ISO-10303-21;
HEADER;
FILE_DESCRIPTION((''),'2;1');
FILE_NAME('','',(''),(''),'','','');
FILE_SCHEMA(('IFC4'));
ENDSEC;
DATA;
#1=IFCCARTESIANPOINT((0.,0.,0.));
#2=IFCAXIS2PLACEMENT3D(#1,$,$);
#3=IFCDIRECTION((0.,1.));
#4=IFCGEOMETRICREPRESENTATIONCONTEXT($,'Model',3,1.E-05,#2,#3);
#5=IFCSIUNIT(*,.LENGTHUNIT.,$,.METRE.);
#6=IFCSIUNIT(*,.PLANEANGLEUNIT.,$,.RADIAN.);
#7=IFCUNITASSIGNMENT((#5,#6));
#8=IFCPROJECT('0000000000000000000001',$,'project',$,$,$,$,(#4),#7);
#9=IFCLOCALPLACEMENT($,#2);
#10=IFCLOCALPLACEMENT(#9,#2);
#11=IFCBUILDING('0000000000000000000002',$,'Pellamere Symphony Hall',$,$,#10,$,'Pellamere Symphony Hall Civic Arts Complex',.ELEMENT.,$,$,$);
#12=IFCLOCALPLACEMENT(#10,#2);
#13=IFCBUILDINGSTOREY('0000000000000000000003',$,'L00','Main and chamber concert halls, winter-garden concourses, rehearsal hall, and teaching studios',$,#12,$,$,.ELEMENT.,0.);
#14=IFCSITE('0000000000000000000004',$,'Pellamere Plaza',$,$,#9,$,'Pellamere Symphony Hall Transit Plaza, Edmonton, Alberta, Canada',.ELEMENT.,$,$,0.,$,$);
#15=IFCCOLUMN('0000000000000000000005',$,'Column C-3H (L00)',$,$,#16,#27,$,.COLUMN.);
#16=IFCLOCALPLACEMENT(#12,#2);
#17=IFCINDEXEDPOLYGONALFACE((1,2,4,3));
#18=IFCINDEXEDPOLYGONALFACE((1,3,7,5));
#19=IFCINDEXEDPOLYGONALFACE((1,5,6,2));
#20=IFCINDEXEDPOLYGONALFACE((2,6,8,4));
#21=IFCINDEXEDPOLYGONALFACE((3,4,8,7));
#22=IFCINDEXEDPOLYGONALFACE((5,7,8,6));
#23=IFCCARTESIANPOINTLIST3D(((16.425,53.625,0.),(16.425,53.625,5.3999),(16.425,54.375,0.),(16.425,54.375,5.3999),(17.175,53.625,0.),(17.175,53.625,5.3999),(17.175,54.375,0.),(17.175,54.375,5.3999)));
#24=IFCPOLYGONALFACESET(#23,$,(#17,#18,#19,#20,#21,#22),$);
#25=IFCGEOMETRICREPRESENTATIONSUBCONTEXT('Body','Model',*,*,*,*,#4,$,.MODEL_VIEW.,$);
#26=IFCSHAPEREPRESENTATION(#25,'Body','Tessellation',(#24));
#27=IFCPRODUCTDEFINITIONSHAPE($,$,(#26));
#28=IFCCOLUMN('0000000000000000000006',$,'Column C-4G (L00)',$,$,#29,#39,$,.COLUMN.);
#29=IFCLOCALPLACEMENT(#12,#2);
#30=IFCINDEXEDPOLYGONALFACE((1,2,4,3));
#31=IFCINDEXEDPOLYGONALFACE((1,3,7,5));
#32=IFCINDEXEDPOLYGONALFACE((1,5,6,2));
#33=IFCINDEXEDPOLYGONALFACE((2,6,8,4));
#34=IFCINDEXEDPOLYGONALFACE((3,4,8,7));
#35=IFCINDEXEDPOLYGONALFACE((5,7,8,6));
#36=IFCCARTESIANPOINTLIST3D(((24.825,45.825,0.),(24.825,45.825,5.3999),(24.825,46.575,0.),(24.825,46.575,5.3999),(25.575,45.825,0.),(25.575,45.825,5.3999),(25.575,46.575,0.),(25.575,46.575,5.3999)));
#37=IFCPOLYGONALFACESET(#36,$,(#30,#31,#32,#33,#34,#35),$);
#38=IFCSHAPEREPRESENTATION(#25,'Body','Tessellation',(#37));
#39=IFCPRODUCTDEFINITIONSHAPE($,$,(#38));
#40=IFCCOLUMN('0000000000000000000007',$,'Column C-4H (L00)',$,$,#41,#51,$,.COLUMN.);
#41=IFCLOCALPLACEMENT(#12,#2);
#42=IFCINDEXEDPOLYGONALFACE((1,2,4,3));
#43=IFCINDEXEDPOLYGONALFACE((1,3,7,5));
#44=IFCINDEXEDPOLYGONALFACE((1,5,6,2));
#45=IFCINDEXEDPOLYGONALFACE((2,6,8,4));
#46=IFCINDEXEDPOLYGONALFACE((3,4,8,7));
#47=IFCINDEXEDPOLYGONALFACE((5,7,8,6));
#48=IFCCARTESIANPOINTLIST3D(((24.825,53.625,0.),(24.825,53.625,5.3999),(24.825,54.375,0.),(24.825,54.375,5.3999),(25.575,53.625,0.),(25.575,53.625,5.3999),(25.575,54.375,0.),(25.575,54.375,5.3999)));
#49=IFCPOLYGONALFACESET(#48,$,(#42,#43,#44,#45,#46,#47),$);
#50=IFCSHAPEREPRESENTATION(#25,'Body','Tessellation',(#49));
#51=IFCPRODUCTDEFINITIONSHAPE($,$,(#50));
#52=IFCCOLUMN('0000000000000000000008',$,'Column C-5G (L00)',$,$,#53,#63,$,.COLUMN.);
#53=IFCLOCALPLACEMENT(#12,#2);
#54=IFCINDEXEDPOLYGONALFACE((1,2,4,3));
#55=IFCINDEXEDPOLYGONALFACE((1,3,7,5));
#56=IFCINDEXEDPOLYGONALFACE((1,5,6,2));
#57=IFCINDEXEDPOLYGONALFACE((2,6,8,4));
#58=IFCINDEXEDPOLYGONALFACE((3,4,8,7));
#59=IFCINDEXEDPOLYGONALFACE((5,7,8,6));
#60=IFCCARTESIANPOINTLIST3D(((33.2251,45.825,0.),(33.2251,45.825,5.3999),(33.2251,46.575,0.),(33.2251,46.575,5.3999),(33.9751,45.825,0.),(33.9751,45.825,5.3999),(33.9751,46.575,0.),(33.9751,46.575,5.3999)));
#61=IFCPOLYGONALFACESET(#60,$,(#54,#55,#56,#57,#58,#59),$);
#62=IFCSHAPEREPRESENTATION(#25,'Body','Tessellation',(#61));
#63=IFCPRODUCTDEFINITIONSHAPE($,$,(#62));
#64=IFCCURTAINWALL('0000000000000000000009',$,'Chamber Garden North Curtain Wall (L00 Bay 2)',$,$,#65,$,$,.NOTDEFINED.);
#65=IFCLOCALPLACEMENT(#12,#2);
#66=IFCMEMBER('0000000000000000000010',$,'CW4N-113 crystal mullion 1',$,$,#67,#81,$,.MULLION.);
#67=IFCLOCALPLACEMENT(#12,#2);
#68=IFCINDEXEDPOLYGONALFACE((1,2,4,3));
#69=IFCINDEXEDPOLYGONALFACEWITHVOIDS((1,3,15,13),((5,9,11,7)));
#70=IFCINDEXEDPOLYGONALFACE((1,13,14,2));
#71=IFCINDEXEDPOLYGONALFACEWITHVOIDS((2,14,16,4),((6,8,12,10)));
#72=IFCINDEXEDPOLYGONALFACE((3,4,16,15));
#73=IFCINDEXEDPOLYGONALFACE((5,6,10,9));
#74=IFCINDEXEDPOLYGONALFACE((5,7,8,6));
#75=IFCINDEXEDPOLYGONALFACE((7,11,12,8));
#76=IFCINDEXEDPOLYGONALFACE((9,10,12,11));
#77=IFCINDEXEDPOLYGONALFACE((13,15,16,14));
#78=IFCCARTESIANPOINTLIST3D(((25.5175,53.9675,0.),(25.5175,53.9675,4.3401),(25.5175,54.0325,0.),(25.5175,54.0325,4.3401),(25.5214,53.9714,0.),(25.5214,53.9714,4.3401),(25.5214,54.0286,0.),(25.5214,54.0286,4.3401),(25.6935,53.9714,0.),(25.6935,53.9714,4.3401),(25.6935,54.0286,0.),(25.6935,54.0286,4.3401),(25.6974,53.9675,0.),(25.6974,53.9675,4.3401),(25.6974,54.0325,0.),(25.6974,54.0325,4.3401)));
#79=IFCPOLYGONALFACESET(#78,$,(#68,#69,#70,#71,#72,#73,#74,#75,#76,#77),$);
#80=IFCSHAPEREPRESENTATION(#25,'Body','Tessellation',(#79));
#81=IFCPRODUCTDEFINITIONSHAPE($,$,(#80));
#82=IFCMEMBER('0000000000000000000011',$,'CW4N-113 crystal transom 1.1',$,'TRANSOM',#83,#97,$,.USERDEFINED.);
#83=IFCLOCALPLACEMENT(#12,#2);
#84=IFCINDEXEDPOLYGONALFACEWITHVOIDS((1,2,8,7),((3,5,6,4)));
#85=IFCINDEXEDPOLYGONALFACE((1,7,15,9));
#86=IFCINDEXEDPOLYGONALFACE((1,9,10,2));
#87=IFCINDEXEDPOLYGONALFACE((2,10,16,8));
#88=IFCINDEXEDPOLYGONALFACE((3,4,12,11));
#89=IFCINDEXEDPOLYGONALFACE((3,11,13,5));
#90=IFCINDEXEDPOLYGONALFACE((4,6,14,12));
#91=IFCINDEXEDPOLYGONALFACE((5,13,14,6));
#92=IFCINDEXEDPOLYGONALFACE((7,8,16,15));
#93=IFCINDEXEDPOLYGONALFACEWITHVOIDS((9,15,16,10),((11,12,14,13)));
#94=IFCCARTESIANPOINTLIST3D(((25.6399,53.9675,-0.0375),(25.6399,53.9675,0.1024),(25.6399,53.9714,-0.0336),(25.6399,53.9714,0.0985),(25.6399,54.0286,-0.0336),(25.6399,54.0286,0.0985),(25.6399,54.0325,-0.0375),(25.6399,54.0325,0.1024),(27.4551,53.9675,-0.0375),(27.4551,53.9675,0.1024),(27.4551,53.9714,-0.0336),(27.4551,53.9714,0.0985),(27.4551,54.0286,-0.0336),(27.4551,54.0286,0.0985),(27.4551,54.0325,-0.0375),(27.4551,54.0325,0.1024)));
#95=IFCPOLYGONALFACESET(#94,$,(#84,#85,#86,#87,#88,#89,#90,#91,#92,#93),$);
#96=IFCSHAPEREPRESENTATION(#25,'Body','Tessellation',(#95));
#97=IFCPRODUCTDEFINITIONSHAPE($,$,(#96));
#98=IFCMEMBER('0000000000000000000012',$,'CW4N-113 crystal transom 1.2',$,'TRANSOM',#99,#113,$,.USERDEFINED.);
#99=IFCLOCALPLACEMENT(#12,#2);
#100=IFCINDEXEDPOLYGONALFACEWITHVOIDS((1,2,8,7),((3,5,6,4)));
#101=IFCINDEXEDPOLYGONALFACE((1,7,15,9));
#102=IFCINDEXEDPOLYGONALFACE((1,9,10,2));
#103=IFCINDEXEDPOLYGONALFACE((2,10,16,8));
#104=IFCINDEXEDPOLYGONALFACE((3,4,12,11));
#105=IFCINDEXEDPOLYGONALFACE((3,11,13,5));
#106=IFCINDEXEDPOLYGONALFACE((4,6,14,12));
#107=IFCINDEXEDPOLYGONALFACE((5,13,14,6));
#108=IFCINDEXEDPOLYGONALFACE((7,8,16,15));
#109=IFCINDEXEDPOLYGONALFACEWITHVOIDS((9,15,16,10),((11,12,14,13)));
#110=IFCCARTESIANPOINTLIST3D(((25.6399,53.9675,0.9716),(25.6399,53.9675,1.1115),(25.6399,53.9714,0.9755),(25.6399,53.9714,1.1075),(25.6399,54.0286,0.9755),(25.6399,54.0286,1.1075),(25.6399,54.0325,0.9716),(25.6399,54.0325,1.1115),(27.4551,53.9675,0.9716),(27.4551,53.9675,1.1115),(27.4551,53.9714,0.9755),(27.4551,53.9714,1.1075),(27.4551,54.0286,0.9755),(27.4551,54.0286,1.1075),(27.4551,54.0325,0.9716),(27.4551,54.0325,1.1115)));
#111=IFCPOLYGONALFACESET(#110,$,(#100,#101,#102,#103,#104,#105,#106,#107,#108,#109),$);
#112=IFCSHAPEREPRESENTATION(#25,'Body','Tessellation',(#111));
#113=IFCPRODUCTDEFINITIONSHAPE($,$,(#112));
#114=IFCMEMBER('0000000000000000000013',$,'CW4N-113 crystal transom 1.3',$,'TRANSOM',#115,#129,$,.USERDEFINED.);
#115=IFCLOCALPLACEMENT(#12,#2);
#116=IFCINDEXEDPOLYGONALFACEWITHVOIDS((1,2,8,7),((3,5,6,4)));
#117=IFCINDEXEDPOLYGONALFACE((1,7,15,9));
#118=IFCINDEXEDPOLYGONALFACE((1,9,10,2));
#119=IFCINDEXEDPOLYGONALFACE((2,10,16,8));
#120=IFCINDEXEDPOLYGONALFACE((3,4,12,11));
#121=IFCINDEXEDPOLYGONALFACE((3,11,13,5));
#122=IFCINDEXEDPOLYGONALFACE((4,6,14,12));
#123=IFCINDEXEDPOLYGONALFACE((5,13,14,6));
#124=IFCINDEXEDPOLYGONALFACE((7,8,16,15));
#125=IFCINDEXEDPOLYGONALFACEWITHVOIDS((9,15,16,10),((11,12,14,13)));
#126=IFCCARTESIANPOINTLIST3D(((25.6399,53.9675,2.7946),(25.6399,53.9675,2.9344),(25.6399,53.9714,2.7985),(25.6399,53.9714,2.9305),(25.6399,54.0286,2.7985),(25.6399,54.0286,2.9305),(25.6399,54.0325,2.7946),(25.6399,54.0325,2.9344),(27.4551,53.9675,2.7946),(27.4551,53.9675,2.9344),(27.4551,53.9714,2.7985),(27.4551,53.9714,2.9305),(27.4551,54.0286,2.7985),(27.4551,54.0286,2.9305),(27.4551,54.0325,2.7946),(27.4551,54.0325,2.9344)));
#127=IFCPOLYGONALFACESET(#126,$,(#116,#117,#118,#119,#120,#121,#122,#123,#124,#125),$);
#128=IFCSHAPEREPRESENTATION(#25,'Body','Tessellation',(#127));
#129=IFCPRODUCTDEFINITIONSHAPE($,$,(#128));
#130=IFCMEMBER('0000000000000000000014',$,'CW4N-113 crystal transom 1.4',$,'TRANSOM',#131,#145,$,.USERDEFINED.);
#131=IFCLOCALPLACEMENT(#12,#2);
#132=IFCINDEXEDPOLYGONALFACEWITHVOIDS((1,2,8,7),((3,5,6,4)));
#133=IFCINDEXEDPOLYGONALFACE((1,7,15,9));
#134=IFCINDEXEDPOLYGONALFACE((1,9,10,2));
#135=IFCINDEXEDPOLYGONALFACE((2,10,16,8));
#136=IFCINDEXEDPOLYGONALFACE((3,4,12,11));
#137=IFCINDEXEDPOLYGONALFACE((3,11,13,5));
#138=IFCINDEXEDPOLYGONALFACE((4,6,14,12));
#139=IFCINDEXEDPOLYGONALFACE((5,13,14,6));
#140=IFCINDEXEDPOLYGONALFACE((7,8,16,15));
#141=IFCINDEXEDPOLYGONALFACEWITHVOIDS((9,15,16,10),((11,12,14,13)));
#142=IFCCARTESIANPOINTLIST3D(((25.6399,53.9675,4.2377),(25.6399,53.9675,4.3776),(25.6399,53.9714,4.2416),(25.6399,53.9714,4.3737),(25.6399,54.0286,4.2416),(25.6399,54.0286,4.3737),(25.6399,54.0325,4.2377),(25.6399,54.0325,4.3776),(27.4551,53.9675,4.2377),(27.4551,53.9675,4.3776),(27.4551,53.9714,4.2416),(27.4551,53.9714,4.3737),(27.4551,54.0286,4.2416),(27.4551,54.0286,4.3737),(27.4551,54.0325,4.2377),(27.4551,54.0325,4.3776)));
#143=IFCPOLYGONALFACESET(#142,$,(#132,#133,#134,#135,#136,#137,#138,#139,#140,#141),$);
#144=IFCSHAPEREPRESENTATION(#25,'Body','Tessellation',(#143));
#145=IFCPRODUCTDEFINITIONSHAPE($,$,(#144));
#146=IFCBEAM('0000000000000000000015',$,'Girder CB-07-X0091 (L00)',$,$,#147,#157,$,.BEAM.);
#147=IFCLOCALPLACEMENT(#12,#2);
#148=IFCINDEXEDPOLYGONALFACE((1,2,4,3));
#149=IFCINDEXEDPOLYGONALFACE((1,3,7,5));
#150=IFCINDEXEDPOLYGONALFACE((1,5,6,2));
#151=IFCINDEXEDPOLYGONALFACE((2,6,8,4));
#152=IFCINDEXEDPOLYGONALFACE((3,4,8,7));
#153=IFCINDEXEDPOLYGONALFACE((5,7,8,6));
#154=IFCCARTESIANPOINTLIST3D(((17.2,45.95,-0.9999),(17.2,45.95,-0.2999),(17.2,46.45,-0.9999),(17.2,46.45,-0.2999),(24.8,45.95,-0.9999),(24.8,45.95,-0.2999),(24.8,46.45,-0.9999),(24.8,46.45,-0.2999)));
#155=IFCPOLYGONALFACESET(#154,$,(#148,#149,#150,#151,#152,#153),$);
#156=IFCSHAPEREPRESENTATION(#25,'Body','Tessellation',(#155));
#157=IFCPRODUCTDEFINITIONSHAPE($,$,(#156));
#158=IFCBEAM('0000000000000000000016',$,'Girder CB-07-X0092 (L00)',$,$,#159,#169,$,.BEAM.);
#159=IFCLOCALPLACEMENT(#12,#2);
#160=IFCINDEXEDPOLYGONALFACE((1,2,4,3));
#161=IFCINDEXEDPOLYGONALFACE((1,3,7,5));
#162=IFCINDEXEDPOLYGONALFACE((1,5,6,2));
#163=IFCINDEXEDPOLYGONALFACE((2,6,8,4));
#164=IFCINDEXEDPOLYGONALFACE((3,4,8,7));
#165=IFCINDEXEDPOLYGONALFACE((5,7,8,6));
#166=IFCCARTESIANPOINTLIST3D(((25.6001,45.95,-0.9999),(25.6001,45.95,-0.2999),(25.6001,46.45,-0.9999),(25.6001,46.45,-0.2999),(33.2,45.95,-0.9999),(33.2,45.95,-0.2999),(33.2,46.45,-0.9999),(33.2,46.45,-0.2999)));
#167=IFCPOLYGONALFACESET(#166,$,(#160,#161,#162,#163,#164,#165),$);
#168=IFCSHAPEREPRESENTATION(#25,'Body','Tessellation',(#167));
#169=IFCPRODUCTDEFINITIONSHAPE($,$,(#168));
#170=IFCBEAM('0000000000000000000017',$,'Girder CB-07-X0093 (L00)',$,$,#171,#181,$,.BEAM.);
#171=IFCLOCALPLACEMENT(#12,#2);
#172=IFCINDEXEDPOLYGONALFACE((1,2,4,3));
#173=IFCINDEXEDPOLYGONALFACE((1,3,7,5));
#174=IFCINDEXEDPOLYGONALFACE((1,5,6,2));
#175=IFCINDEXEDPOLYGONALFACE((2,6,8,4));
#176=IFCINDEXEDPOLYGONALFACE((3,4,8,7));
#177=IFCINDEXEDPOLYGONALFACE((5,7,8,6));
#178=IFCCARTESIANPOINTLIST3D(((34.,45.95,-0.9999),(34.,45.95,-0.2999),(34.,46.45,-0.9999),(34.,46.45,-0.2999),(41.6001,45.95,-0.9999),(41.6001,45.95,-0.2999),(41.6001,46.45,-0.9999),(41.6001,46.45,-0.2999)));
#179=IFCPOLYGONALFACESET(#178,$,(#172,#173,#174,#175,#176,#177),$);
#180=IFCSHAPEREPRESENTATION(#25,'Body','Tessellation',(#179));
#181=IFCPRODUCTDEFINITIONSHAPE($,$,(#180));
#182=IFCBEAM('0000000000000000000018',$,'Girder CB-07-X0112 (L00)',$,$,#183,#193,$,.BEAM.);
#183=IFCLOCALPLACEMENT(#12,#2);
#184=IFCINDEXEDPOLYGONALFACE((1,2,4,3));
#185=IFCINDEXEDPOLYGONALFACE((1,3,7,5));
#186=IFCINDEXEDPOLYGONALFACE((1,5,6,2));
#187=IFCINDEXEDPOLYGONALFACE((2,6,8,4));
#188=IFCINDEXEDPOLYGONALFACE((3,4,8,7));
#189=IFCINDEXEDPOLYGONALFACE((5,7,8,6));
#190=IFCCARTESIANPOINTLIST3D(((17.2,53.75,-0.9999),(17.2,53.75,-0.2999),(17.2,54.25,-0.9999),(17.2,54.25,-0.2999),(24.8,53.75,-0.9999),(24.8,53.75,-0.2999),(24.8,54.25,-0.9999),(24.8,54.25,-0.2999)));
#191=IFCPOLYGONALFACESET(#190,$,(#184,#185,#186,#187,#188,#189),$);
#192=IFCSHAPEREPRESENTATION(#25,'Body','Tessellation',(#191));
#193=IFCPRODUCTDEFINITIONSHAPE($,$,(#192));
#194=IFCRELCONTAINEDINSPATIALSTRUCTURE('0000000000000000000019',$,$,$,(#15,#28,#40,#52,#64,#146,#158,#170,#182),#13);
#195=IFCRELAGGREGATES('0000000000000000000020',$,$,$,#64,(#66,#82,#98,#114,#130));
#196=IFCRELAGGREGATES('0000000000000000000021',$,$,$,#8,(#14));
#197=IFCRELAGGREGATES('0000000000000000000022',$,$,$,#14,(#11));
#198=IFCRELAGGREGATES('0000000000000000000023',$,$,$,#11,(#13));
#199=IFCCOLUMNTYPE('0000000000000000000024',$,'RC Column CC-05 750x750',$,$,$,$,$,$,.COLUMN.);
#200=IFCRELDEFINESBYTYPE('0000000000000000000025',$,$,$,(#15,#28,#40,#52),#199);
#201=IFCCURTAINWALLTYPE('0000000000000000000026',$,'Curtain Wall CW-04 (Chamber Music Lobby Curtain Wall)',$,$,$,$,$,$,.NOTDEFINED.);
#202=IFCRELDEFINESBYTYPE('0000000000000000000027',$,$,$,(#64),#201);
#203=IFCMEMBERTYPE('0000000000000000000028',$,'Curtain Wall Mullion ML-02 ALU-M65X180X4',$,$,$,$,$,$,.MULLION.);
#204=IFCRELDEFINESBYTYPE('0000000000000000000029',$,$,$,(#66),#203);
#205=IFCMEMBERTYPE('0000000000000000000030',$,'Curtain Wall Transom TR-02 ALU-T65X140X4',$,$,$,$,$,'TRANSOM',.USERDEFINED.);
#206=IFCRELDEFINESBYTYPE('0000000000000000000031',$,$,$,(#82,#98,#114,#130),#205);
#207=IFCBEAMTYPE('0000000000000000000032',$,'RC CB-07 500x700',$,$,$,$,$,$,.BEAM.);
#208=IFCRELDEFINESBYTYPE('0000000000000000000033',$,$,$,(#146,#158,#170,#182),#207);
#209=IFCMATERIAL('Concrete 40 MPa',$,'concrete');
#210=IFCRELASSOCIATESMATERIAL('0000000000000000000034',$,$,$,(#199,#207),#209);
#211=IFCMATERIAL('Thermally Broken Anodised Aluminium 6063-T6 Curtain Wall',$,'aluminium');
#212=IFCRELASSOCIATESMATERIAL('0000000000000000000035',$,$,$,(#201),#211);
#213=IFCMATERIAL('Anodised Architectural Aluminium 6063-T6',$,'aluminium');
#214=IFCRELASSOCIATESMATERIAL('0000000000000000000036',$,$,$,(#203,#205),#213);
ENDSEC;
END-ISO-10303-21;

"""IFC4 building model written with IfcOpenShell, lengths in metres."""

from ifc_helpers import new_model, si_unit, direction, frame, origin, origin_2d, place, context, subcontext, project, spatial, rectangle, hollow_rectangle, extrude, material, material_profile, profile_set, type_object, element, aggregate, save


model = new_model("IFC4")

# Units and contexts
model_context = context("Model", 3, precision=1e-05, world=origin(), true_north=direction((0.0, 1.0)))
body_context = subcontext(model_context, "Body", "Model", "MODEL_VIEW")
ifc_project = project(units=[si_unit("LENGTHUNIT", "METRE"), si_unit("PLANEANGLEUNIT", "RADIAN")], contexts=[model_context])

# Site, building, storey
site_placement = place(None, origin())
site = spatial("IfcSite", under=ifc_project, at=site_placement, Name="Pellamere Plaza", LongName="Pellamere Symphony Hall Transit Plaza, Edmonton, Alberta, Canada", CompositionType="ELEMENT", RefElevation=0.0)
building_placement = place(site_placement, origin())
building = spatial("IfcBuilding", under=site, at=building_placement, Name="Pellamere Symphony Hall", LongName="Pellamere Symphony Hall Civic Arts Complex", CompositionType="ELEMENT")
storey_placement = place(building_placement, origin())
storey = spatial("IfcBuildingStorey", under=building, at=storey_placement, Name="L00", Description="Main and chamber concert halls, winter-garden concourses, rehearsal hall, and teaching studios", CompositionType="ELEMENT", Elevation=0.0)

# Columns
ifc_material_1 = material(Name="Concrete 40 MPa", Category="concrete")
ifc_material_profile_1 = material_profile(ifc_material_1, rectangle(XDim=0.75, YDim=0.75, at=origin_2d()), Name="RC 750x750")
ifc_profile_set_1 = profile_set([ifc_material_profile_1], Name="Concrete 40 MPa")
column_type = type_object("IfcColumnType", Name="RC Column CC-05 750x750", PredefinedType="COLUMN", material=ifc_profile_set_1)
for number, where, z_axis, x_axis, name in (
    (1, (16.8, 54.0, 0.0), (0.0, 0.0, 1.0), (1.0, 0.0, 0.0), "Column C-3H (L00)"),
    (2, (25.2, 46.2, 0.0), (0.0, 0.0, 1.0), (1.0, 0.0, 0.0), "Column C-4G (L00)"),
    (3, (25.2, 54.0, 0.0), (0.0, 0.0, 1.0), (1.0, 0.0, 0.0), "Column C-4H (L00)"),
    (4, (33.6001, 46.2, 0.0), (0.0, 0.0, 1.0), (1.0, 0.0, 0.0), "Column C-5G (L00)"),
):
    element("IfcColumn", number, at=place(storey_placement, frame(where, z_axis=z_axis, x_axis=x_axis)), inside=storey, type_object=column_type, Name=name, PredefinedType="COLUMN", context=body_context, shape_type="SweptSolid", body=[
        extrude(rectangle(XDim=0.75, YDim=0.75, at=origin_2d()), origin(), (0.0, 0.0, 1.0), 5.3999),
    ])

# Curtain wall, members
ifc_material_2 = material(Name="Thermally Broken Anodised Aluminium 6063-T6 Curtain Wall", Category="aluminium")
curtain_wall_type = type_object("IfcCurtainWallType", Name="Curtain Wall CW-04 (Chamber Music Lobby Curtain Wall)", PredefinedType="NOTDEFINED", material=ifc_material_2)
curtain_wall_placement = place(storey_placement, origin())
curtain_wall = element("IfcCurtainWall", 5, at=curtain_wall_placement, inside=storey, type_object=curtain_wall_type, Name="Chamber Garden North Curtain Wall (L00 Bay 2)", PredefinedType="NOTDEFINED")
ifc_material_3 = material(Name="Anodised Architectural Aluminium 6063-T6", Category="aluminium")
ifc_material_profile_2 = material_profile(ifc_material_3, hollow_rectangle(XDim=0.0649, YDim=0.1799, WallThickness=0.0039, at=origin_2d()), Name="ALU-M65X180X4")
ifc_profile_set_2 = profile_set([ifc_material_profile_2], Name="Anodised Architectural Aluminium 6063-T6")
member_type_1 = type_object("IfcMemberType", Name="Curtain Wall Mullion ML-02 ALU-M65X180X4", PredefinedType="MULLION", material=ifc_profile_set_2)
member_1_placement = place(storey_placement, frame((25.6074, 54.0, 0.0), z_axis=(0.0, 0.0, 1.0), x_axis=(0.0, 1.0, 0.0)))
member_1 = element("IfcMember", 6, at=member_1_placement, type_object=member_type_1, Name="CW4N-113 crystal mullion 1", PredefinedType="MULLION", context=body_context, shape_type="SweptSolid", body=[
    extrude(hollow_rectangle(XDim=0.0649, YDim=0.1799, WallThickness=0.0039, at=origin_2d()), origin(), (0.0, 0.0, 1.0), 4.3401),
])
ifc_material_profile_3 = material_profile(ifc_material_3, hollow_rectangle(XDim=0.0649, YDim=0.1399, WallThickness=0.0039, at=origin_2d()), Name="ALU-T65X140X4")
ifc_profile_set_3 = profile_set([ifc_material_profile_3], Name="Anodised Architectural Aluminium 6063-T6")
member_type_2 = type_object("IfcMemberType", Name="Curtain Wall Transom TR-02 ALU-T65X140X4", ElementType="TRANSOM", PredefinedType="USERDEFINED", material=ifc_profile_set_3)
member_2_placement = place(storey_placement, frame((25.6399, 54.0, 0.0325), z_axis=(1.0, 0.0, 0.0), x_axis=(0.0, 1.0, 0.0)))
member_2 = element("IfcMember", 7, at=member_2_placement, type_object=member_type_2, Name="CW4N-113 crystal transom 1.1", ObjectType="TRANSOM", PredefinedType="USERDEFINED", context=body_context, shape_type="SweptSolid", body=[
    extrude(hollow_rectangle(XDim=0.0649, YDim=0.1399, WallThickness=0.0039, at=origin_2d()), origin(), (0.0, 0.0, 1.0), 1.8152),
])
member_3_placement = place(storey_placement, frame((25.6399, 54.0, 1.0415), z_axis=(1.0, 0.0, 0.0), x_axis=(0.0, 1.0, 0.0)))
member_3 = element("IfcMember", 8, at=member_3_placement, type_object=member_type_2, Name="CW4N-113 crystal transom 1.2", ObjectType="TRANSOM", PredefinedType="USERDEFINED", context=body_context, shape_type="SweptSolid", body=[
    extrude(hollow_rectangle(XDim=0.0649, YDim=0.1399, WallThickness=0.0039, at=origin_2d()), origin(), (0.0, 0.0, 1.0), 1.8152),
])
member_4_placement = place(storey_placement, frame((25.6399, 54.0, 2.8645), z_axis=(1.0, 0.0, 0.0), x_axis=(0.0, 1.0, 0.0)))
member_4 = element("IfcMember", 9, at=member_4_placement, type_object=member_type_2, Name="CW4N-113 crystal transom 1.3", ObjectType="TRANSOM", PredefinedType="USERDEFINED", context=body_context, shape_type="SweptSolid", body=[
    extrude(hollow_rectangle(XDim=0.0649, YDim=0.1399, WallThickness=0.0039, at=origin_2d()), origin(), (0.0, 0.0, 1.0), 1.8152),
])
member_5_placement = place(storey_placement, frame((25.6399, 54.0, 4.3076), z_axis=(1.0, 0.0, 0.0), x_axis=(0.0, 1.0, 0.0)))
member_5 = element("IfcMember", 10, at=member_5_placement, type_object=member_type_2, Name="CW4N-113 crystal transom 1.4", ObjectType="TRANSOM", PredefinedType="USERDEFINED", context=body_context, shape_type="SweptSolid", body=[
    extrude(hollow_rectangle(XDim=0.0649, YDim=0.1399, WallThickness=0.0039, at=origin_2d()), origin(), (0.0, 0.0, 1.0), 1.8152),
])
aggregate(curtain_wall, [member_1, member_2, member_3, member_4, member_5])

# Beams
ifc_material_profile_4 = material_profile(ifc_material_1, rectangle(XDim=0.5, YDim=0.7, at=origin_2d()), Name="RC 500x700")
ifc_profile_set_4 = profile_set([ifc_material_profile_4], Name="Concrete 40 MPa")
beam_type_1 = type_object("IfcBeamType", Name="RC CB-07 500x700", PredefinedType="BEAM", material=ifc_profile_set_4)
beam_1_placement = place(storey_placement, frame((17.2, 46.2, -0.6499), z_axis=(1.0, 0.0, 0.0), x_axis=(0.0, 1.0, 0.0)))
element("IfcBeam", 11, at=beam_1_placement, inside=storey, type_object=beam_type_1, Name="Girder CB-07-X0091 (L00)", PredefinedType="BEAM", context=body_context, shape_type="SweptSolid", body=[
    extrude(rectangle(XDim=0.5, YDim=0.7, at=origin_2d()), origin(), (0.0, 0.0, 1.0), 7.6001),
])
beam_2_placement = place(storey_placement, frame((25.6001, 46.2, -0.6499), z_axis=(1.0, 0.0, 0.0), x_axis=(0.0, 1.0, 0.0)))
element("IfcBeam", 12, at=beam_2_placement, inside=storey, type_object=beam_type_1, Name="Girder CB-07-X0092 (L00)", PredefinedType="BEAM", context=body_context, shape_type="SweptSolid", body=[
    extrude(rectangle(XDim=0.5, YDim=0.7, at=origin_2d()), origin(), (0.0, 0.0, 1.0), 7.5999),
])
for number, where, z_axis, x_axis, name in (
    (13, (34.0, 46.2, -0.6499), (1.0, 0.0, 0.0), (0.0, 1.0, 0.0), "Girder CB-07-X0093 (L00)"),
    (14, (17.2, 54.0, -0.6499), (1.0, 0.0, 0.0), (0.0, 1.0, 0.0), "Girder CB-07-X0112 (L00)"),
):
    element("IfcBeam", number, at=place(storey_placement, frame(where, z_axis=z_axis, x_axis=x_axis)), inside=storey, type_object=beam_type_1, Name=name, PredefinedType="BEAM", context=body_context, shape_type="SweptSolid", body=[
        extrude(rectangle(XDim=0.5, YDim=0.7, at=origin_2d()), origin(), (0.0, 0.0, 1.0), 7.6001),
    ])

save(model, "model.ifc")
